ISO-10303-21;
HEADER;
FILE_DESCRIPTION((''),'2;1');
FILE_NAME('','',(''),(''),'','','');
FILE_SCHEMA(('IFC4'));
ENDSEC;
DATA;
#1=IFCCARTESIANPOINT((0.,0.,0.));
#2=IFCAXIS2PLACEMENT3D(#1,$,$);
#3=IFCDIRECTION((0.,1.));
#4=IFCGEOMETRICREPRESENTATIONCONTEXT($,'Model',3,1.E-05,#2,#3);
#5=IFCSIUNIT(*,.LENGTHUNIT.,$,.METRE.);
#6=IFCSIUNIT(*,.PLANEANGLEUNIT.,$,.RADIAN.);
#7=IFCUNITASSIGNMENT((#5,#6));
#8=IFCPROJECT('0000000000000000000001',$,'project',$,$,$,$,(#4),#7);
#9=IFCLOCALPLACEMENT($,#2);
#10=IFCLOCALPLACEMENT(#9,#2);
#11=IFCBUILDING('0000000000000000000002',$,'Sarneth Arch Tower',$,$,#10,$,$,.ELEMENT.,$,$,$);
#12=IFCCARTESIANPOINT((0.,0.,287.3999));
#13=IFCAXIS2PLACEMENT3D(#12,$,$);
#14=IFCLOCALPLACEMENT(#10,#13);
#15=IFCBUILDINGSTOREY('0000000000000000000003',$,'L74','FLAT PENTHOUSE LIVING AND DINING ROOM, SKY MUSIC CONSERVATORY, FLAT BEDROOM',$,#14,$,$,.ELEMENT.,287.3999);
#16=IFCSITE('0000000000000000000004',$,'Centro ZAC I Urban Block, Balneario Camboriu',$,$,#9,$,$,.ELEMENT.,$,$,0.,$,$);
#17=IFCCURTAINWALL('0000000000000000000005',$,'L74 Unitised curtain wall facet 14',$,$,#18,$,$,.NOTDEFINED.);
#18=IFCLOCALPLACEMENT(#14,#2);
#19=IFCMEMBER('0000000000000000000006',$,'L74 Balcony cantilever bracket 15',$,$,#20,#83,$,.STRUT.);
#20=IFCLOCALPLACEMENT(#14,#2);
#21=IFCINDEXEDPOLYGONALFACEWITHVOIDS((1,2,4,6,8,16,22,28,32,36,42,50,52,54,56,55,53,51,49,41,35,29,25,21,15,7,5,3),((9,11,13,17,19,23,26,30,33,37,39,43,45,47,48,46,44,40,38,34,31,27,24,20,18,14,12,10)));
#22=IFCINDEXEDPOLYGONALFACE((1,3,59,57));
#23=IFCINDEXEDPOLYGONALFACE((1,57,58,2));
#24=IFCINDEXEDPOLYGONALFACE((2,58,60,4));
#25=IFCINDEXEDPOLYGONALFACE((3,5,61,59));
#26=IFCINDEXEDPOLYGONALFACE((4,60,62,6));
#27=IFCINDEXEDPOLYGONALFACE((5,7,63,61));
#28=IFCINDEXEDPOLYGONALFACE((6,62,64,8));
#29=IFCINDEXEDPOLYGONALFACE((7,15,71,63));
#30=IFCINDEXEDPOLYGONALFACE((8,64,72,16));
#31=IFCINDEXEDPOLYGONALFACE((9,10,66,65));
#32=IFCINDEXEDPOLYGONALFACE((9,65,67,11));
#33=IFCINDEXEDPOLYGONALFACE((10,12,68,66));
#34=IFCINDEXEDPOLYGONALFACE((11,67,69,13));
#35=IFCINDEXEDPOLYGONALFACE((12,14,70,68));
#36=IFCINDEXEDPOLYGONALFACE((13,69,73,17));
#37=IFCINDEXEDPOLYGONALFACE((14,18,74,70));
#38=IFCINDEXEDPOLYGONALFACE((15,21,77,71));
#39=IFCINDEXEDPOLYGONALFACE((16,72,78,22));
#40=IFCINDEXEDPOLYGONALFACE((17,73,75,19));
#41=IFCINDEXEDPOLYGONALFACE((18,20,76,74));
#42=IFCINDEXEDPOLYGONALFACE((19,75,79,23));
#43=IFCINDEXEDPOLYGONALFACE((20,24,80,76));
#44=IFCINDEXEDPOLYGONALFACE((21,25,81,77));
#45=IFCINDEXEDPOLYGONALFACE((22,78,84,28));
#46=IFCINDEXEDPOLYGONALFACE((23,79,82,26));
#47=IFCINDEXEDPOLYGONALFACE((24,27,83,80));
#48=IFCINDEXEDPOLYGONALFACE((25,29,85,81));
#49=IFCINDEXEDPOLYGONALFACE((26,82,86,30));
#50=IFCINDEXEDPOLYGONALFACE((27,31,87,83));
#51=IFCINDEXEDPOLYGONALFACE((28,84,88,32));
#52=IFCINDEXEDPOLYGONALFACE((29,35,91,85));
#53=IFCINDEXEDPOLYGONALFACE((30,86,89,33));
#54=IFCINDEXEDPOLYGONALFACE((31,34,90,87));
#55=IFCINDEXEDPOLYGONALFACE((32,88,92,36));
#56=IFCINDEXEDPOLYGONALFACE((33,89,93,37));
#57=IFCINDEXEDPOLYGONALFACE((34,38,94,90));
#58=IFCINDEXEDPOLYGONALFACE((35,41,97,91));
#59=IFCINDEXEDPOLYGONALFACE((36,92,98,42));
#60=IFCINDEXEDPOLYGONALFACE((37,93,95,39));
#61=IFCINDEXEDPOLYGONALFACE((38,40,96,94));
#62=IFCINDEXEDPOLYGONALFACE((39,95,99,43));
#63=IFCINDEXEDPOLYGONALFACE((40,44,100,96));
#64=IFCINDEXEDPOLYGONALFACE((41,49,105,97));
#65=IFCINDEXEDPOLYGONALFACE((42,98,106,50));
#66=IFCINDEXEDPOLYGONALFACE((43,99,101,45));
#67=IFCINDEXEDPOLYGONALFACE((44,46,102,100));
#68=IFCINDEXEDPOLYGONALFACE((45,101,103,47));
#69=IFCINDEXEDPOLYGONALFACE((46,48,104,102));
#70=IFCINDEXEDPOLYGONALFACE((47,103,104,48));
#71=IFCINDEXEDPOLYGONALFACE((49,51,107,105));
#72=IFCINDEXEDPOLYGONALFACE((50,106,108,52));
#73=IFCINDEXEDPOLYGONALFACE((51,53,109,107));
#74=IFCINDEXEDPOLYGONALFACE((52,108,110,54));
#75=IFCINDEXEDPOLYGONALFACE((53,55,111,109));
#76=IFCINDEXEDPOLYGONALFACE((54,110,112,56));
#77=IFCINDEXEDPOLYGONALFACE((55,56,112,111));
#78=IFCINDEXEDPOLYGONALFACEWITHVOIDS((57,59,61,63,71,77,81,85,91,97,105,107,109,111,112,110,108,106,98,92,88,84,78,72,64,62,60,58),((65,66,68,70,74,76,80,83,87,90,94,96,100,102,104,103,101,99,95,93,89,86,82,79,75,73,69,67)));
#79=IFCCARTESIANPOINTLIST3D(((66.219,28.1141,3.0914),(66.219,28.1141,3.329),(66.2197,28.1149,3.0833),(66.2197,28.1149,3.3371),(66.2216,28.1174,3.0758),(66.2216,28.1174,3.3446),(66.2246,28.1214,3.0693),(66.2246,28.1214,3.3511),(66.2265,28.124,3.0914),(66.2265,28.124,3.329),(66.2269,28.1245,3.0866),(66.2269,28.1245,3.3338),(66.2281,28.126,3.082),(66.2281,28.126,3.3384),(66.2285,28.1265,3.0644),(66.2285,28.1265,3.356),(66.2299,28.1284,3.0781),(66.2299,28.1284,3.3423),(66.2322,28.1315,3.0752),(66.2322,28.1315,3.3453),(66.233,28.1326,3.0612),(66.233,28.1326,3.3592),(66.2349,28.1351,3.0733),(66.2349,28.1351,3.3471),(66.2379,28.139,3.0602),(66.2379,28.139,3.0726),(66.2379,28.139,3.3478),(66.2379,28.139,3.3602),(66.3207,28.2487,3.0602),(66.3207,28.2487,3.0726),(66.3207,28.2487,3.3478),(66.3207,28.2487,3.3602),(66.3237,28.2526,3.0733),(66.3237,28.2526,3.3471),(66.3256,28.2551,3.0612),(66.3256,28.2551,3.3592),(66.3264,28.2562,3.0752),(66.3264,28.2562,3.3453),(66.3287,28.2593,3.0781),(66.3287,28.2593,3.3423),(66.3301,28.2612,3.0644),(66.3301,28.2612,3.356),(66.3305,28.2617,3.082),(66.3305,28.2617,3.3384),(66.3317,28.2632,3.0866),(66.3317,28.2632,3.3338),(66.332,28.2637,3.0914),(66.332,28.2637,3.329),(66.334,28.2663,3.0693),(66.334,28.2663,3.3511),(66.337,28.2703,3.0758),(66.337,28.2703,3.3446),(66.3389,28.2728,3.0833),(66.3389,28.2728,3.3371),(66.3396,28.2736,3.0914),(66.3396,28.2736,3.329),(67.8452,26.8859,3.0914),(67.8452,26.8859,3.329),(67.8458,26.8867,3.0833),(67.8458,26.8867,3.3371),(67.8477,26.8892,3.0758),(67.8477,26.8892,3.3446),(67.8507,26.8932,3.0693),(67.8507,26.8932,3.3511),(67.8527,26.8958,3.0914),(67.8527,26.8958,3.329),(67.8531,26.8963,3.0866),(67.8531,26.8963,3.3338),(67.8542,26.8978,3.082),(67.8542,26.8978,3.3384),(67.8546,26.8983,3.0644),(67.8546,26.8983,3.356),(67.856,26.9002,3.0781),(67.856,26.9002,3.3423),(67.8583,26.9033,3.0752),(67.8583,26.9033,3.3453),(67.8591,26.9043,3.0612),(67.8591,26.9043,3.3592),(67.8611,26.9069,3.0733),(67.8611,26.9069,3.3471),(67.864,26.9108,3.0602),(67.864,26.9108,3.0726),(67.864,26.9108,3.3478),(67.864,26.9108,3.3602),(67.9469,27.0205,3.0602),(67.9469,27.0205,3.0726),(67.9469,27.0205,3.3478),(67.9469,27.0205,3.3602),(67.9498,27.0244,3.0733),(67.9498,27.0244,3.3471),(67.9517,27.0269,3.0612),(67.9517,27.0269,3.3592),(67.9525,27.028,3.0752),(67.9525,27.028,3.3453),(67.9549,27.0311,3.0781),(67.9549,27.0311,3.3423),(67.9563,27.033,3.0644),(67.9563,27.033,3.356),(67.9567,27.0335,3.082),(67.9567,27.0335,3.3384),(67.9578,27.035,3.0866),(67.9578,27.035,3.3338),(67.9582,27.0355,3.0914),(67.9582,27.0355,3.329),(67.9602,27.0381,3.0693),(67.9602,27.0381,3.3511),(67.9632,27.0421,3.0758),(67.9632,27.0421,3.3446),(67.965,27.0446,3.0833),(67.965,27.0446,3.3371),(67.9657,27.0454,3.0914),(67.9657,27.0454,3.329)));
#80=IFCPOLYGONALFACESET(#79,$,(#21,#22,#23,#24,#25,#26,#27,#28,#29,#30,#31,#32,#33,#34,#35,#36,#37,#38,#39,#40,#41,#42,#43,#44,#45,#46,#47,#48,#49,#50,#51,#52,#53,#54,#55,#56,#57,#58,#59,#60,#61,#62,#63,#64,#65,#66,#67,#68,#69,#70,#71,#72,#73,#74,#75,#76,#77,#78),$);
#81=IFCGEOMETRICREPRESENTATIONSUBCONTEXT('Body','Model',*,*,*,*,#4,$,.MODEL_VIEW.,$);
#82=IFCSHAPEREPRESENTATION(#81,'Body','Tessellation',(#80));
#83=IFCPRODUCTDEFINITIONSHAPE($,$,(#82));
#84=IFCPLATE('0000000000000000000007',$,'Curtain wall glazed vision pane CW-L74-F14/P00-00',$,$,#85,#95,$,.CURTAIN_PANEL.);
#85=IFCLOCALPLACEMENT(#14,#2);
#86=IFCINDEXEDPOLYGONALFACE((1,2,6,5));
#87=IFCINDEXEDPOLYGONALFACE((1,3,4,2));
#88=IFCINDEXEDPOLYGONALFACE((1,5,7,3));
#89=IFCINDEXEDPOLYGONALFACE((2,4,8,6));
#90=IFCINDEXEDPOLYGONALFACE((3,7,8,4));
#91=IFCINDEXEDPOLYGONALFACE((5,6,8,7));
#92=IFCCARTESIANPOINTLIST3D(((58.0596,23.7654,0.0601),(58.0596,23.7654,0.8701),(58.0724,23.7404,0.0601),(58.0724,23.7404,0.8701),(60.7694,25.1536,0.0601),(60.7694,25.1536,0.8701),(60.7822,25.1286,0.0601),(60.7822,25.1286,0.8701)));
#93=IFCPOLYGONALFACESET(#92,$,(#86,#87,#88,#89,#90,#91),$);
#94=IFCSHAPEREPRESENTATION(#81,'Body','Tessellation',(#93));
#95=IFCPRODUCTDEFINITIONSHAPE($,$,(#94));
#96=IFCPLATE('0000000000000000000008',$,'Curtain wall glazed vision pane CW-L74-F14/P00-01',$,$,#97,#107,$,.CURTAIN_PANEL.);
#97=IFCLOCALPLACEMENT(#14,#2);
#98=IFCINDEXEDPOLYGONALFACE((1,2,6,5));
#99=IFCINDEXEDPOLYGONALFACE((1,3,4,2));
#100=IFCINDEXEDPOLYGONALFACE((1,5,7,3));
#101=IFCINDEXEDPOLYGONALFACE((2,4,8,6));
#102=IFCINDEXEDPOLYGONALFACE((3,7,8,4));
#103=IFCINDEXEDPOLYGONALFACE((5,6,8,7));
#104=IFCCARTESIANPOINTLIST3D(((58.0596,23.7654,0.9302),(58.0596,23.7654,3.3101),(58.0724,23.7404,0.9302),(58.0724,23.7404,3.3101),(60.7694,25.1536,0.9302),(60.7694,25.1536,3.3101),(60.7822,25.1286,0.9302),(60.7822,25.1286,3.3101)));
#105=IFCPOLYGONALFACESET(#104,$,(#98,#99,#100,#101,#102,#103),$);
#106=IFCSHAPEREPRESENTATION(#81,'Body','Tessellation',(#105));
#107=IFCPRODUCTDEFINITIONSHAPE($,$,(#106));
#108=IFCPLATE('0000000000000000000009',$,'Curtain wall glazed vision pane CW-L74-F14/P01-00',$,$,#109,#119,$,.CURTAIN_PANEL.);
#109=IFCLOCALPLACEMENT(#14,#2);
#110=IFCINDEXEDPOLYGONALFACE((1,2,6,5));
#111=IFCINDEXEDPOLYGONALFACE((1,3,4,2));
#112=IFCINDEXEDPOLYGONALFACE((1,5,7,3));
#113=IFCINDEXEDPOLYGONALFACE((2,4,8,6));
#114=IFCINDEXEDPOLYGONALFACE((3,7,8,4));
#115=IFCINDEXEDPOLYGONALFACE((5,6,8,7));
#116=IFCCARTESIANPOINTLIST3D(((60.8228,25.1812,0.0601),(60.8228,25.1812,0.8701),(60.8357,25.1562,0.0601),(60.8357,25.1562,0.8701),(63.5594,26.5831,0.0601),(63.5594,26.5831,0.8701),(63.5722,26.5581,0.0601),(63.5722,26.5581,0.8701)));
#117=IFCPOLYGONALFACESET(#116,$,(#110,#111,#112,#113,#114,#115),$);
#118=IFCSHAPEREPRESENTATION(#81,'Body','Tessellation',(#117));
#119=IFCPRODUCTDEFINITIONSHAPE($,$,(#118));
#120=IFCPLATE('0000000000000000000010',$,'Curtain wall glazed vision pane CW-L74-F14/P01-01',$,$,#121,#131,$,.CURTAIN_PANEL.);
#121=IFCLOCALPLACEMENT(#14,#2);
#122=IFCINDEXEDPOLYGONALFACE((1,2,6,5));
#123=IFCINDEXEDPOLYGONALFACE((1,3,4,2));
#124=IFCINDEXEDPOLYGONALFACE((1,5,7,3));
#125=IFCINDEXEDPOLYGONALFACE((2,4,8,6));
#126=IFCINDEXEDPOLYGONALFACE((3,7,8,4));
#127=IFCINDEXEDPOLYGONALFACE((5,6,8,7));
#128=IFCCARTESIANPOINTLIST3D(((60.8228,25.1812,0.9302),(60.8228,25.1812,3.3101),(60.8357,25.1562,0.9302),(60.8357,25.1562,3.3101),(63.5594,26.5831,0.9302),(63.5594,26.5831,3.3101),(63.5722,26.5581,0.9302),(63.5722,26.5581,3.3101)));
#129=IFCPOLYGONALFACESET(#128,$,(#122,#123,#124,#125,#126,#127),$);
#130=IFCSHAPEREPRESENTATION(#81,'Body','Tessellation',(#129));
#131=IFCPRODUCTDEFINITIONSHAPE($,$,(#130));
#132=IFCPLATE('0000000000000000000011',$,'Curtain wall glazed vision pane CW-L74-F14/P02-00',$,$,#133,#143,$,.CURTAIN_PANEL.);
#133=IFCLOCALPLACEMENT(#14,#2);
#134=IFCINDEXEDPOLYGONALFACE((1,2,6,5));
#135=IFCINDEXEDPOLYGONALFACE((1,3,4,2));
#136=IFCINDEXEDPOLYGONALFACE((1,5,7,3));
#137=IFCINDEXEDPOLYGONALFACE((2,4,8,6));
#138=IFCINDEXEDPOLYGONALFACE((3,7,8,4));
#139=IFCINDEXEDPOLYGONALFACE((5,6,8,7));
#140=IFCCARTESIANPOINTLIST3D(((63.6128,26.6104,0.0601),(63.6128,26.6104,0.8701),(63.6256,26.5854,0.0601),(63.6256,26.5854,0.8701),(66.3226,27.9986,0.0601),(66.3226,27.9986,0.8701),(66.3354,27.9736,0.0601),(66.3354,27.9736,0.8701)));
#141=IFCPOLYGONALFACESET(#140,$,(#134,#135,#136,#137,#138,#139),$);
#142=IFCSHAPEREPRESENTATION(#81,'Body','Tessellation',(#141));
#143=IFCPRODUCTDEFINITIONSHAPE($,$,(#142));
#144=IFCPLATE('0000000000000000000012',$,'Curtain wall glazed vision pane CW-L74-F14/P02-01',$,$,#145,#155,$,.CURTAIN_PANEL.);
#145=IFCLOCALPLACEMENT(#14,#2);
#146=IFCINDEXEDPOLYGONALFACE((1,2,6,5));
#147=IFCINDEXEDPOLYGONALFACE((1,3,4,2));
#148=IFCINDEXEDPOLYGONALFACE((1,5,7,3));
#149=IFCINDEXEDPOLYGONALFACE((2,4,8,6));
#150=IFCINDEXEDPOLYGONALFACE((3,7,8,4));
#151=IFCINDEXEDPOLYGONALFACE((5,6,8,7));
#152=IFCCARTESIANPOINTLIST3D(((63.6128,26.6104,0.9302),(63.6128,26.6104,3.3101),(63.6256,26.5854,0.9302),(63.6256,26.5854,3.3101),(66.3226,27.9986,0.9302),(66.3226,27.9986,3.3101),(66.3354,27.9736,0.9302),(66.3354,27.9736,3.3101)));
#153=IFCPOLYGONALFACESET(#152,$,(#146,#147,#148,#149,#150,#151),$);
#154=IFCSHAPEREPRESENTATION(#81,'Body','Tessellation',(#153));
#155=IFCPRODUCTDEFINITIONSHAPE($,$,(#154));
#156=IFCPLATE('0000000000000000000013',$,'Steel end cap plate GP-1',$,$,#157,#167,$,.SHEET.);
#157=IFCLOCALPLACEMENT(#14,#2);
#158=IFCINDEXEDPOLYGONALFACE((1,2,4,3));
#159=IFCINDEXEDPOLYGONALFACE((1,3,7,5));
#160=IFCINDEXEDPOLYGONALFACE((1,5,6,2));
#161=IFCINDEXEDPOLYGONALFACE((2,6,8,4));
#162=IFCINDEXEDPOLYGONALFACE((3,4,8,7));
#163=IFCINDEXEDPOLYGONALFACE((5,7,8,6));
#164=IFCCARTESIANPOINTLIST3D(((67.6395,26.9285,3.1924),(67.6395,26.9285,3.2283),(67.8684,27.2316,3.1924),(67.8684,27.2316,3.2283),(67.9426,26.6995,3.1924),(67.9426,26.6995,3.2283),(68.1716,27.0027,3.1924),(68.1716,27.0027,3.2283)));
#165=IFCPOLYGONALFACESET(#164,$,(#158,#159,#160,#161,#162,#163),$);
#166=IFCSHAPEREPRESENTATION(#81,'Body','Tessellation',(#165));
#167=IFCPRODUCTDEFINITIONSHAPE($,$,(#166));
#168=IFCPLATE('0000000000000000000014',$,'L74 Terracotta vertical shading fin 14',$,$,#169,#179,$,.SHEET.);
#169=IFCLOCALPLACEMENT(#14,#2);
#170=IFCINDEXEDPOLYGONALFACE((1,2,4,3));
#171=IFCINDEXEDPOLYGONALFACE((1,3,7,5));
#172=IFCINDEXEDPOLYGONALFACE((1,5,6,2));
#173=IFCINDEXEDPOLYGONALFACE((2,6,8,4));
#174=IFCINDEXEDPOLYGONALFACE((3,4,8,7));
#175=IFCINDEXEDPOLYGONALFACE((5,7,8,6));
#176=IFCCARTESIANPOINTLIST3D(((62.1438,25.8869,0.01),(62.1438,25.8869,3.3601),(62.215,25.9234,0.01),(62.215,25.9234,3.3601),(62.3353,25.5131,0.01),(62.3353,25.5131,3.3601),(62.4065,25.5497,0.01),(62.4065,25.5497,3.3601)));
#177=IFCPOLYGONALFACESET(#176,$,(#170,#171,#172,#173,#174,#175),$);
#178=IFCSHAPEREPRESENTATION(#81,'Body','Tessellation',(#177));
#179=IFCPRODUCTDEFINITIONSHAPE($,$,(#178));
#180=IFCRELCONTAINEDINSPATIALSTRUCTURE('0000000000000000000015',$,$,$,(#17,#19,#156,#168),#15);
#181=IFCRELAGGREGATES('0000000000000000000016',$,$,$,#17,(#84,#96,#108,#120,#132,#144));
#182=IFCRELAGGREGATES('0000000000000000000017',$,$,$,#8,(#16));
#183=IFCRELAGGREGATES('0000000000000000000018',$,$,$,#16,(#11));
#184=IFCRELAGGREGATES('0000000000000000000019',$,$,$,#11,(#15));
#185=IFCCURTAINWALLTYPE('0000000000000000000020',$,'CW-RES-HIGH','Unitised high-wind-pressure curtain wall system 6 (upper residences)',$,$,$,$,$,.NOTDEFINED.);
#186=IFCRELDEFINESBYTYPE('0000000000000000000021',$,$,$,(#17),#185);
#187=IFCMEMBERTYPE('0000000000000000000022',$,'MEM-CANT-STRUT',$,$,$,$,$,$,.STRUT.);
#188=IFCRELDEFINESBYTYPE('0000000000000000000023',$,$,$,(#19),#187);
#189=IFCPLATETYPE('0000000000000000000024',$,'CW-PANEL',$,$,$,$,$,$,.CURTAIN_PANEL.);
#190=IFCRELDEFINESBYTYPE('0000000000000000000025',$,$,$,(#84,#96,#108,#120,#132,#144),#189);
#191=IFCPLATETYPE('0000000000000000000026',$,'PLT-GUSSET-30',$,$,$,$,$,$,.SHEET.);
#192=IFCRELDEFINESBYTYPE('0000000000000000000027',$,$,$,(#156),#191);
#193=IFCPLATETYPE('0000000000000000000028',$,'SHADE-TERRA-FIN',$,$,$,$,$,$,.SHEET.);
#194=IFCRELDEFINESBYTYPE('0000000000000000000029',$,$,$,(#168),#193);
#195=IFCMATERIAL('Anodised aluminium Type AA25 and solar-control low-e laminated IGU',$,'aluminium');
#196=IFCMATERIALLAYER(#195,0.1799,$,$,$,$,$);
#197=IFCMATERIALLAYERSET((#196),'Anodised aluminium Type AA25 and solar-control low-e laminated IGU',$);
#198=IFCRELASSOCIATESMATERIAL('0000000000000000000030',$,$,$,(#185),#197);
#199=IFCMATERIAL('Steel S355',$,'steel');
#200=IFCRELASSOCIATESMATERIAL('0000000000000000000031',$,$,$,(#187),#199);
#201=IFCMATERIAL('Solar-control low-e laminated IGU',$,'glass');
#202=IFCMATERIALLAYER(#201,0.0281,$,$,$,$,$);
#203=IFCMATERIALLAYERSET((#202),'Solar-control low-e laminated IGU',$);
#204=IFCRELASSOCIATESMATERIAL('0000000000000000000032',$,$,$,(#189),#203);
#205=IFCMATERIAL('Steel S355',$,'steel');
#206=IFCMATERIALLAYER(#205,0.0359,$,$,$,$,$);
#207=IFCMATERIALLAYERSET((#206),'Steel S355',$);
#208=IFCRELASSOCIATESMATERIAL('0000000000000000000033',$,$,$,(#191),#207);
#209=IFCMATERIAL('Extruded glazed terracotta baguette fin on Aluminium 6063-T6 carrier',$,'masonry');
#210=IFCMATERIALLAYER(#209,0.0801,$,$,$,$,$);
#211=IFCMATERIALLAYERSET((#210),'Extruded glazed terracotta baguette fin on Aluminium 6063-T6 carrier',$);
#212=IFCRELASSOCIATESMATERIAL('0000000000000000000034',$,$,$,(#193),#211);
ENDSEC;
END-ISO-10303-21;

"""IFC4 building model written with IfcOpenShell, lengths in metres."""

from ifc_helpers import new_model, si_unit, direction, frame, origin, origin_2d, place, context, subcontext, project, spatial, rectangle, hollow_rectangle, extrude, material, layer, layer_set, material_profile, profile_set, type_object, element, aggregate, save


model = new_model("IFC4")

# Units and contexts
model_context = context("Model", 3, precision=1e-05, world=origin(), true_north=direction((0.0, 1.0)))
body_context = subcontext(model_context, "Body", "Model", "MODEL_VIEW")
ifc_project = project(units=[si_unit("LENGTHUNIT", "METRE"), si_unit("PLANEANGLEUNIT", "RADIAN")], contexts=[model_context])

# Site, building, storey
site_placement = place(None, origin())
site = spatial("IfcSite", under=ifc_project, at=site_placement, Name="Centro ZAC I Urban Block, Balneario Camboriu", CompositionType="ELEMENT", RefElevation=0.0)
building_placement = place(site_placement, origin())
building = spatial("IfcBuilding", under=site, at=building_placement, Name="Sarneth Arch Tower", CompositionType="ELEMENT")
storey_placement = place(building_placement, frame((0.0, 0.0, 287.3999)))
storey = spatial("IfcBuildingStorey", under=building, at=storey_placement, Name="L74", Description="FLAT PENTHOUSE LIVING AND DINING ROOM, SKY MUSIC CONSERVATORY, FLAT BEDROOM", CompositionType="ELEMENT", Elevation=287.3999)

# Curtain wall
ifc_material_1 = material(Name="Anodised aluminium Type AA25 and solar-control low-e laminated IGU", Category="aluminium")
ifc_layer_1 = layer(ifc_material_1, 0.1799)
ifc_layer_set_1 = layer_set([ifc_layer_1], Name="Anodised aluminium Type AA25 and solar-control low-e laminated IGU")
curtain_wall_type = type_object("IfcCurtainWallType", Name="CW-RES-HIGH", Description="Unitised high-wind-pressure curtain wall system 6 (upper residences)", PredefinedType="NOTDEFINED", material=ifc_layer_set_1)
curtain_wall_placement = place(storey_placement, origin())
curtain_wall = element("IfcCurtainWall", 1, at=curtain_wall_placement, inside=storey, type_object=curtain_wall_type, Name="L74 Unitised curtain wall facet 14", PredefinedType="NOTDEFINED")

# Member
ifc_material_2 = material(Name="Steel S355", Category="steel")
ifc_material_profile_1 = material_profile(ifc_material_2, hollow_rectangle(XDim=0.2, YDim=0.3, WallThickness=0.0125, InnerFilletRadius=0.0188, OuterFilletRadius=0.0312, at=origin_2d()), Name="RHS300x200x12.5")
ifc_profile_set_1 = profile_set([ifc_material_profile_1], Name="Steel S355")
member_type_1 = type_object("IfcMemberType", Name="MEM-CANT-STRUT", PredefinedType="STRUT", material=ifc_profile_set_1)
member_1_placement = place(storey_placement, frame((66.2793, 28.1938, 3.2102), z_axis=(0.797968, -0.602699, 0.0), x_axis=(0.602699, 0.797968, 0.0)))
element("IfcMember", 2, at=member_1_placement, inside=storey, type_object=member_type_1, Name="L74 Balcony cantilever bracket 15", PredefinedType="STRUT", context=body_context, shape_type="SweptSolid", body=[
    extrude(hollow_rectangle(XDim=0.2, YDim=0.3, WallThickness=0.0125, InnerFilletRadius=0.0188, OuterFilletRadius=0.0312, at=origin_2d()), origin(), (0.0, 0.0, 1.0), 2.0378),
])

# Plates
ifc_material_3 = material(Name="Solar-control low-e laminated IGU", Category="glass")
ifc_layer_2 = layer(ifc_material_3, 0.0281)
ifc_layer_set_2 = layer_set([ifc_layer_2], Name="Solar-control low-e laminated IGU")
plate_type_1 = type_object("IfcPlateType", Name="CW-PANEL", PredefinedType="CURTAIN_PANEL", material=ifc_layer_set_2)
plate_1_placement = place(storey_placement, frame((59.4209, 24.447, 0.0601), z_axis=(0.0, 0.0, 1.0), x_axis=(0.89001, 0.455942, 0.0)))
plate_1 = element("IfcPlate", 3, at=plate_1_placement, type_object=plate_type_1, Name="Curtain wall glazed vision pane CW-L74-F14/P00-00", PredefinedType="CURTAIN_PANEL", context=body_context, shape_type="SweptSolid", body=[
    extrude(rectangle(XDim=3.0447, YDim=0.0281, at=origin_2d()), origin(), (0.0, 0.0, 1.0), 0.8101),
])
plate_2_placement = place(storey_placement, frame((59.4209, 24.447, 0.9302), z_axis=(0.0, 0.0, 1.0), x_axis=(0.89001, 0.455942, 0.0)))
plate_2 = element("IfcPlate", 4, at=plate_2_placement, type_object=plate_type_1, Name="Curtain wall glazed vision pane CW-L74-F14/P00-01", PredefinedType="CURTAIN_PANEL", context=body_context, shape_type="SweptSolid", body=[
    extrude(rectangle(XDim=3.0447, YDim=0.0281, at=origin_2d()), origin(), (0.0, 0.0, 1.0), 2.3799),
])
plate_3_placement = place(storey_placement, frame((62.1975, 25.8696, 0.0601), z_axis=(0.0, 0.0, 1.0), x_axis=(0.89001, 0.455942, 0.0)))
plate_3 = element("IfcPlate", 5, at=plate_3_placement, type_object=plate_type_1, Name="Curtain wall glazed vision pane CW-L74-F14/P01-00", PredefinedType="CURTAIN_PANEL", context=body_context, shape_type="SweptSolid", body=[
    extrude(rectangle(XDim=3.0747, YDim=0.0281, at=origin_2d()), origin(), (0.0, 0.0, 1.0), 0.8101),
])
plate_4_placement = place(storey_placement, frame((62.1975, 25.8696, 0.9302), z_axis=(0.0, 0.0, 1.0), x_axis=(0.89001, 0.455942, 0.0)))
plate_4 = element("IfcPlate", 6, at=plate_4_placement, type_object=plate_type_1, Name="Curtain wall glazed vision pane CW-L74-F14/P01-01", PredefinedType="CURTAIN_PANEL", context=body_context, shape_type="SweptSolid", body=[
    extrude(rectangle(XDim=3.0747, YDim=0.0281, at=origin_2d()), origin(), (0.0, 0.0, 1.0), 2.3799),
])
plate_5_placement = place(storey_placement, frame((64.9741, 27.292, 0.0601), z_axis=(0.0, 0.0, 1.0), x_axis=(0.89001, 0.455942, 0.0)))
plate_5 = element("IfcPlate", 7, at=plate_5_placement, type_object=plate_type_1, Name="Curtain wall glazed vision pane CW-L74-F14/P02-00", PredefinedType="CURTAIN_PANEL", context=body_context, shape_type="SweptSolid", body=[
    extrude(rectangle(XDim=3.0447, YDim=0.0281, at=origin_2d()), origin(), (0.0, 0.0, 1.0), 0.8101),
])
plate_6_placement = place(storey_placement, frame((64.9741, 27.292, 0.9302), z_axis=(0.0, 0.0, 1.0), x_axis=(0.89001, 0.455942, 0.0)))
plate_6 = element("IfcPlate", 8, at=plate_6_placement, type_object=plate_type_1, Name="Curtain wall glazed vision pane CW-L74-F14/P02-01", PredefinedType="CURTAIN_PANEL", context=body_context, shape_type="SweptSolid", body=[
    extrude(rectangle(XDim=3.0447, YDim=0.0281, at=origin_2d()), origin(), (0.0, 0.0, 1.0), 2.3799),
])
aggregate(curtain_wall, [plate_1, plate_2, plate_3, plate_4, plate_5, plate_6])

# Plates
ifc_material_4 = material(Name="Steel S355", Category="steel")
ifc_layer_3 = layer(ifc_material_4, 0.0359)
ifc_layer_set_3 = layer_set([ifc_layer_3], Name="Steel S355")
plate_type_2 = type_object("IfcPlateType", Name="PLT-GUSSET-30", PredefinedType="SHEET", material=ifc_layer_set_3)
plate_7_placement = place(storey_placement, frame((67.9055, 26.9656, 3.1924), z_axis=(0.0, 0.0, 1.0), x_axis=(0.798005, -0.602651, 0.0)))
element("IfcPlate", 9, at=plate_7_placement, inside=storey, type_object=plate_type_2, Name="Steel end cap plate GP-1", PredefinedType="SHEET", context=body_context, shape_type="SweptSolid", body=[
    extrude(rectangle(XDim=0.3799, YDim=0.3799, at=origin_2d()), origin(), (0.0, 0.0, 1.0), 0.0359),
])
ifc_material_5 = material(Name="Extruded glazed terracotta baguette fin on Aluminium 6063-T6 carrier", Category="masonry")
ifc_layer_4 = layer(ifc_material_5, 0.0801)
ifc_layer_set_4 = layer_set([ifc_layer_4], Name="Extruded glazed terracotta baguette fin on Aluminium 6063-T6 carrier")
plate_type_3 = type_object("IfcPlateType", Name="SHADE-TERRA-FIN", PredefinedType="SHEET", material=ifc_layer_set_4)
plate_8_placement = place(storey_placement, frame((62.2751, 25.7183, 0.01), z_axis=(0.0, 0.0, 1.0), x_axis=(0.456011, -0.889974, 0.0)))
element("IfcPlate", 10, at=plate_8_placement, inside=storey, type_object=plate_type_3, Name="L74 Terracotta vertical shading fin 14", PredefinedType="SHEET", context=body_context, shape_type="SweptSolid", body=[
    extrude(rectangle(XDim=0.4199, YDim=0.0801, at=origin_2d()), origin(), (0.0, 0.0, 1.0), 3.3501),
])

save(model, "model.ifc")
